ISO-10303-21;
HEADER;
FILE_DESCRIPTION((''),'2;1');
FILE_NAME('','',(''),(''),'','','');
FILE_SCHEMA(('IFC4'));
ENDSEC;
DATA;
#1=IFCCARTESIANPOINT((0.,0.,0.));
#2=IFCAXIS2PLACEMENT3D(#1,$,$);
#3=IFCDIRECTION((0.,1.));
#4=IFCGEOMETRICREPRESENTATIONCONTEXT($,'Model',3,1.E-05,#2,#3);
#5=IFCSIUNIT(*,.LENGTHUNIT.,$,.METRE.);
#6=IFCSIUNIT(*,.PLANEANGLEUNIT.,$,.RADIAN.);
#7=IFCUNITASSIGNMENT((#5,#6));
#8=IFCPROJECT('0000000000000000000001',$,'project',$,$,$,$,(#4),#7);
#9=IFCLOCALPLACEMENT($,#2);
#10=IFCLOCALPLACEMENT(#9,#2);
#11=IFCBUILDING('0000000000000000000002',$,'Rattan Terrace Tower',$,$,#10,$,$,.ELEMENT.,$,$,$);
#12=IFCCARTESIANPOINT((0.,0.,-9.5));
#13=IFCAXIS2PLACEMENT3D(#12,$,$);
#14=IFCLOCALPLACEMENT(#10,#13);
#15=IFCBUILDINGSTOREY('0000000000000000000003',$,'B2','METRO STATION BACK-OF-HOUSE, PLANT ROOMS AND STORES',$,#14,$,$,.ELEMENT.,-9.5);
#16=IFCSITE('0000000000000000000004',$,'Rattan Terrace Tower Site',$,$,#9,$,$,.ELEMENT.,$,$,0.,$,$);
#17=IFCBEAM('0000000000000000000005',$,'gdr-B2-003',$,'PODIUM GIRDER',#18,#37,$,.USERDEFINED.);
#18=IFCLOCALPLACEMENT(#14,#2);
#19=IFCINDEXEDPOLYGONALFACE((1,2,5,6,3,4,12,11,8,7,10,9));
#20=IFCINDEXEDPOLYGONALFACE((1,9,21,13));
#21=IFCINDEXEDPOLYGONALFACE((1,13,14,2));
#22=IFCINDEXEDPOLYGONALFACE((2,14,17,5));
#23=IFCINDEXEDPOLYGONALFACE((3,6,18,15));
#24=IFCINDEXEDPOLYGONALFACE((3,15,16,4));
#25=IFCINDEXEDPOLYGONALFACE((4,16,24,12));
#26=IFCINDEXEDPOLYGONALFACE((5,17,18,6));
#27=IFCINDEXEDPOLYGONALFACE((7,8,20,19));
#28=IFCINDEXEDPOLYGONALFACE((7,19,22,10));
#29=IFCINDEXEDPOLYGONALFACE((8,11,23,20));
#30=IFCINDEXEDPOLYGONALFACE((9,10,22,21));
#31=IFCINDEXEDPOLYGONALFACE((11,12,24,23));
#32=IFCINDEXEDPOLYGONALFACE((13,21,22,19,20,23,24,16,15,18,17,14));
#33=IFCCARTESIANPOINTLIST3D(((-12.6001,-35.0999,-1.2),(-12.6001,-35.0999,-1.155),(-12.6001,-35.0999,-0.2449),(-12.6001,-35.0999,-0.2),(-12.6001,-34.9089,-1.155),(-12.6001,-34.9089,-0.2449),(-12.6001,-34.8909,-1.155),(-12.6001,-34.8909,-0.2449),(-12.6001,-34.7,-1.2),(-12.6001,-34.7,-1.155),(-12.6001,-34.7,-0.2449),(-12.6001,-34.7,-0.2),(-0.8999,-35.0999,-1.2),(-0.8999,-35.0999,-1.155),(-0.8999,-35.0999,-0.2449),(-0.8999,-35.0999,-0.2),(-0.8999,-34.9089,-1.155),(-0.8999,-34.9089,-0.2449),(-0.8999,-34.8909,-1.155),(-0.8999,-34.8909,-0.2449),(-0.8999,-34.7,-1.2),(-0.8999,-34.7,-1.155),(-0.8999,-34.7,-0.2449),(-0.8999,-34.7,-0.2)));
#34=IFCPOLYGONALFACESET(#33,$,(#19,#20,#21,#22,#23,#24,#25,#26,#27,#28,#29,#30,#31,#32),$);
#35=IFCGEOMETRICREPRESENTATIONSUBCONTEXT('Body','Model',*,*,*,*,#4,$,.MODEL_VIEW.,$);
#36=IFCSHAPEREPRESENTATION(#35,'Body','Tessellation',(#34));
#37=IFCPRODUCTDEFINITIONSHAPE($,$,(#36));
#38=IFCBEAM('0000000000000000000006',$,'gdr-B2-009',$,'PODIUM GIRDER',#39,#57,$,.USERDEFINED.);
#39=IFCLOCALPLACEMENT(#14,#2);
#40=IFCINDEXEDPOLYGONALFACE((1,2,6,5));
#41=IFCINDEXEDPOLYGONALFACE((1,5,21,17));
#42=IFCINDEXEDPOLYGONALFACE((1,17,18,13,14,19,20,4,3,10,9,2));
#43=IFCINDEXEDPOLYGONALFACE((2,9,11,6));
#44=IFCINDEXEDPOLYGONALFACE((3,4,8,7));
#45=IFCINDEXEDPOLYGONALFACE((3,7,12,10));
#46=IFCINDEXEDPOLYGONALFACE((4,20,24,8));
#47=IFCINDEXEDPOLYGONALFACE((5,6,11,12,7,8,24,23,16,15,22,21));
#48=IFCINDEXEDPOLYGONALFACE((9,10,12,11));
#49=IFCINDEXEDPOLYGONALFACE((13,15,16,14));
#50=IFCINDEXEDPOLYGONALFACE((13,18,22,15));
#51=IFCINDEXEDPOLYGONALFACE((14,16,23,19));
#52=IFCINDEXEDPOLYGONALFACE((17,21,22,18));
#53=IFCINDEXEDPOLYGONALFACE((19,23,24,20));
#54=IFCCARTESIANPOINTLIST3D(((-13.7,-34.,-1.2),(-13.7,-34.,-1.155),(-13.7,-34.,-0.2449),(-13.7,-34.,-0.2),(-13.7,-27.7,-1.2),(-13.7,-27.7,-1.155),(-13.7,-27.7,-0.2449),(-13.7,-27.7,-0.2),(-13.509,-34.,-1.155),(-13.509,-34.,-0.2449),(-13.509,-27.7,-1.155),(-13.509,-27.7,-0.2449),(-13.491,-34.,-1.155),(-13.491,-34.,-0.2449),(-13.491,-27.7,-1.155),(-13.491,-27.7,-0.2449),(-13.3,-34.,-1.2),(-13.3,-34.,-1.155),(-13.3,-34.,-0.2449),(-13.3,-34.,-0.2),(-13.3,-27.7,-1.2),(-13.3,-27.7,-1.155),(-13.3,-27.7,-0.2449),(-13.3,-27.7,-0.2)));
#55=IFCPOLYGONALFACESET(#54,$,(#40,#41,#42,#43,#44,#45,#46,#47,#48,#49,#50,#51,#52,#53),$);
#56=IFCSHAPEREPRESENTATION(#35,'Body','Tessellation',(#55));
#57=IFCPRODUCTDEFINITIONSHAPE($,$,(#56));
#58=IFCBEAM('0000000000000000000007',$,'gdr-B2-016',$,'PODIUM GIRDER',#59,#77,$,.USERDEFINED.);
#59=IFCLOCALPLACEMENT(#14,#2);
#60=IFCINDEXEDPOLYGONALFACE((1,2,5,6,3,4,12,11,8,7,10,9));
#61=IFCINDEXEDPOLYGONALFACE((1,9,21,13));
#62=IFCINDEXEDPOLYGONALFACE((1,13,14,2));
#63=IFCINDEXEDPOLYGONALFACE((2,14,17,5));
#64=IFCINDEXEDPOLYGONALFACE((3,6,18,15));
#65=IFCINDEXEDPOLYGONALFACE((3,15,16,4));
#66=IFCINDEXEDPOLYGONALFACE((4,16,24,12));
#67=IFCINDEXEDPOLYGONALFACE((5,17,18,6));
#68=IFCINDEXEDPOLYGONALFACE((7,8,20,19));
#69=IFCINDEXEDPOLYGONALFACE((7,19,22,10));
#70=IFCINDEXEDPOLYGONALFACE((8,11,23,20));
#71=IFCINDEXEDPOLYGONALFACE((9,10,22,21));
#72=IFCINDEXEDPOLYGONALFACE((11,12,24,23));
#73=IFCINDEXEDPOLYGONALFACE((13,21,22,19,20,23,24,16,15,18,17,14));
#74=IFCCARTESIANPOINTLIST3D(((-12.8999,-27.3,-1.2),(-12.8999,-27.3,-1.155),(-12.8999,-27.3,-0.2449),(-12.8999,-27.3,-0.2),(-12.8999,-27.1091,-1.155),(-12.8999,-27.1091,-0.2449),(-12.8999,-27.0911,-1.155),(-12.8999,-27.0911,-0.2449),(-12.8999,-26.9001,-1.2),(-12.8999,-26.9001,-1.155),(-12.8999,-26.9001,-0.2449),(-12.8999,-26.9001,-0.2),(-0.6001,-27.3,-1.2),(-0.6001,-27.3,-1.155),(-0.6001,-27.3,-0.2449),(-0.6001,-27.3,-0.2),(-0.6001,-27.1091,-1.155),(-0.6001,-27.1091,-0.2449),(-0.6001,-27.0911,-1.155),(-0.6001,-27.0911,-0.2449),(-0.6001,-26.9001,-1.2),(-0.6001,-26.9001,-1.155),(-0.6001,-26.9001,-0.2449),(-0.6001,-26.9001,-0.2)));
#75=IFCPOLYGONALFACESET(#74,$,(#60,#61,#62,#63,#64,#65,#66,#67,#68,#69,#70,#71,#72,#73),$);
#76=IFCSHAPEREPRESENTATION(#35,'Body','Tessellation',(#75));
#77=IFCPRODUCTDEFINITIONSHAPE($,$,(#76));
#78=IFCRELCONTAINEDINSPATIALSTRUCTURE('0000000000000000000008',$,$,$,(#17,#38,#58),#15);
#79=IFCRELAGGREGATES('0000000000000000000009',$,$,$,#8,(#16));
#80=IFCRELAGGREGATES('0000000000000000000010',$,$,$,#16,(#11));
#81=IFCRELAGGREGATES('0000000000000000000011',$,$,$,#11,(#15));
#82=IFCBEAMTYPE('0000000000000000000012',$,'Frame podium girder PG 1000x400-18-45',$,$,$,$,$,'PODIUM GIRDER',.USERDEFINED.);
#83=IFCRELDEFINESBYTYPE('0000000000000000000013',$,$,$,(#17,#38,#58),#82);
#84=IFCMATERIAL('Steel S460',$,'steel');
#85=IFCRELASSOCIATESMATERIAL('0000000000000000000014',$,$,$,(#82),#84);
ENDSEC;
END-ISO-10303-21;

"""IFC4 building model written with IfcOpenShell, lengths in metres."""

from ifc_helpers import new_model, si_unit, direction, frame, origin, origin_2d, place, context, subcontext, project, spatial, i_section, extrude, material, material_profile, profile_set, type_object, element, save


model = new_model("IFC4")

# Units and contexts
model_context = context("Model", 3, precision=1e-05, world=origin(), true_north=direction((0.0, 1.0)))
body_context = subcontext(model_context, "Body", "Model", "MODEL_VIEW")
ifc_project = project(units=[si_unit("LENGTHUNIT", "METRE"), si_unit("PLANEANGLEUNIT", "RADIAN")], contexts=[model_context])

# Site, building, storey
site_placement = place(None, origin())
site = spatial("IfcSite", under=ifc_project, at=site_placement, Name="Rattan Terrace Tower Site", CompositionType="ELEMENT", RefElevation=0.0)
building_placement = place(site_placement, origin())
building = spatial("IfcBuilding", under=site, at=building_placement, Name="Rattan Terrace Tower", CompositionType="ELEMENT")
storey_placement = place(building_placement, frame((0.0, 0.0, -9.5)))
storey = spatial("IfcBuildingStorey", under=building, at=storey_placement, Name="B2", Description="METRO STATION BACK-OF-HOUSE, PLANT ROOMS AND STORES", CompositionType="ELEMENT", Elevation=-9.5)

# Beams
ifc_material_1 = material(Name="Steel S460", Category="steel")
ifc_material_profile_1 = material_profile(ifc_material_1, i_section(OverallWidth=0.3999, OverallDepth=1.0, WebThickness=0.0181, FlangeThickness=0.0449, at=origin_2d()), Name="PG 1000x400-18-45")
ifc_profile_set_1 = profile_set([ifc_material_profile_1], Name="Steel S460")
beam_type_1 = type_object("IfcBeamType", Name="Frame podium girder PG 1000x400-18-45", ElementType="PODIUM GIRDER", PredefinedType="USERDEFINED", material=ifc_profile_set_1)
beam_1_placement = place(storey_placement, frame((-12.6001, -34.8999, -0.7), z_axis=(1.0, 0.0, 0.0), x_axis=(0.0, 1.0, 0.0)))
element("IfcBeam", 1, at=beam_1_placement, inside=storey, type_object=beam_type_1, Name="gdr-B2-003", ObjectType="PODIUM GIRDER", PredefinedType="USERDEFINED", context=body_context, shape_type="SweptSolid", body=[
    extrude(i_section(OverallWidth=0.3999, OverallDepth=1.0, WebThickness=0.0181, FlangeThickness=0.0449, at=origin_2d()), origin(), (0.0, 0.0, 1.0), 11.7002),
])
beam_2_placement = place(storey_placement, frame((-13.5, -34.0, -0.7), z_axis=(0.0, 1.0, 0.0), x_axis=(-1.0, 0.0, 0.0)))
element("IfcBeam", 2, at=beam_2_placement, inside=storey, type_object=beam_type_1, Name="gdr-B2-009", ObjectType="PODIUM GIRDER", PredefinedType="USERDEFINED", context=body_context, shape_type="SweptSolid", body=[
    extrude(i_section(OverallWidth=0.3999, OverallDepth=1.0, WebThickness=0.0181, FlangeThickness=0.0449, at=origin_2d()), origin(), (0.0, 0.0, 1.0), 6.3),
])
beam_3_placement = place(storey_placement, frame((-12.8999, -27.1001, -0.7), z_axis=(1.0, 0.0, 0.0), x_axis=(0.0, 1.0, 0.0)))
element("IfcBeam", 3, at=beam_3_placement, inside=storey, type_object=beam_type_1, Name="gdr-B2-016", ObjectType="PODIUM GIRDER", PredefinedType="USERDEFINED", context=body_context, shape_type="SweptSolid", body=[
    extrude(i_section(OverallWidth=0.3999, OverallDepth=1.0, WebThickness=0.0181, FlangeThickness=0.0449, at=origin_2d()), origin(), (0.0, 0.0, 1.0), 12.2998),
])

save(model, "model.ifc")
